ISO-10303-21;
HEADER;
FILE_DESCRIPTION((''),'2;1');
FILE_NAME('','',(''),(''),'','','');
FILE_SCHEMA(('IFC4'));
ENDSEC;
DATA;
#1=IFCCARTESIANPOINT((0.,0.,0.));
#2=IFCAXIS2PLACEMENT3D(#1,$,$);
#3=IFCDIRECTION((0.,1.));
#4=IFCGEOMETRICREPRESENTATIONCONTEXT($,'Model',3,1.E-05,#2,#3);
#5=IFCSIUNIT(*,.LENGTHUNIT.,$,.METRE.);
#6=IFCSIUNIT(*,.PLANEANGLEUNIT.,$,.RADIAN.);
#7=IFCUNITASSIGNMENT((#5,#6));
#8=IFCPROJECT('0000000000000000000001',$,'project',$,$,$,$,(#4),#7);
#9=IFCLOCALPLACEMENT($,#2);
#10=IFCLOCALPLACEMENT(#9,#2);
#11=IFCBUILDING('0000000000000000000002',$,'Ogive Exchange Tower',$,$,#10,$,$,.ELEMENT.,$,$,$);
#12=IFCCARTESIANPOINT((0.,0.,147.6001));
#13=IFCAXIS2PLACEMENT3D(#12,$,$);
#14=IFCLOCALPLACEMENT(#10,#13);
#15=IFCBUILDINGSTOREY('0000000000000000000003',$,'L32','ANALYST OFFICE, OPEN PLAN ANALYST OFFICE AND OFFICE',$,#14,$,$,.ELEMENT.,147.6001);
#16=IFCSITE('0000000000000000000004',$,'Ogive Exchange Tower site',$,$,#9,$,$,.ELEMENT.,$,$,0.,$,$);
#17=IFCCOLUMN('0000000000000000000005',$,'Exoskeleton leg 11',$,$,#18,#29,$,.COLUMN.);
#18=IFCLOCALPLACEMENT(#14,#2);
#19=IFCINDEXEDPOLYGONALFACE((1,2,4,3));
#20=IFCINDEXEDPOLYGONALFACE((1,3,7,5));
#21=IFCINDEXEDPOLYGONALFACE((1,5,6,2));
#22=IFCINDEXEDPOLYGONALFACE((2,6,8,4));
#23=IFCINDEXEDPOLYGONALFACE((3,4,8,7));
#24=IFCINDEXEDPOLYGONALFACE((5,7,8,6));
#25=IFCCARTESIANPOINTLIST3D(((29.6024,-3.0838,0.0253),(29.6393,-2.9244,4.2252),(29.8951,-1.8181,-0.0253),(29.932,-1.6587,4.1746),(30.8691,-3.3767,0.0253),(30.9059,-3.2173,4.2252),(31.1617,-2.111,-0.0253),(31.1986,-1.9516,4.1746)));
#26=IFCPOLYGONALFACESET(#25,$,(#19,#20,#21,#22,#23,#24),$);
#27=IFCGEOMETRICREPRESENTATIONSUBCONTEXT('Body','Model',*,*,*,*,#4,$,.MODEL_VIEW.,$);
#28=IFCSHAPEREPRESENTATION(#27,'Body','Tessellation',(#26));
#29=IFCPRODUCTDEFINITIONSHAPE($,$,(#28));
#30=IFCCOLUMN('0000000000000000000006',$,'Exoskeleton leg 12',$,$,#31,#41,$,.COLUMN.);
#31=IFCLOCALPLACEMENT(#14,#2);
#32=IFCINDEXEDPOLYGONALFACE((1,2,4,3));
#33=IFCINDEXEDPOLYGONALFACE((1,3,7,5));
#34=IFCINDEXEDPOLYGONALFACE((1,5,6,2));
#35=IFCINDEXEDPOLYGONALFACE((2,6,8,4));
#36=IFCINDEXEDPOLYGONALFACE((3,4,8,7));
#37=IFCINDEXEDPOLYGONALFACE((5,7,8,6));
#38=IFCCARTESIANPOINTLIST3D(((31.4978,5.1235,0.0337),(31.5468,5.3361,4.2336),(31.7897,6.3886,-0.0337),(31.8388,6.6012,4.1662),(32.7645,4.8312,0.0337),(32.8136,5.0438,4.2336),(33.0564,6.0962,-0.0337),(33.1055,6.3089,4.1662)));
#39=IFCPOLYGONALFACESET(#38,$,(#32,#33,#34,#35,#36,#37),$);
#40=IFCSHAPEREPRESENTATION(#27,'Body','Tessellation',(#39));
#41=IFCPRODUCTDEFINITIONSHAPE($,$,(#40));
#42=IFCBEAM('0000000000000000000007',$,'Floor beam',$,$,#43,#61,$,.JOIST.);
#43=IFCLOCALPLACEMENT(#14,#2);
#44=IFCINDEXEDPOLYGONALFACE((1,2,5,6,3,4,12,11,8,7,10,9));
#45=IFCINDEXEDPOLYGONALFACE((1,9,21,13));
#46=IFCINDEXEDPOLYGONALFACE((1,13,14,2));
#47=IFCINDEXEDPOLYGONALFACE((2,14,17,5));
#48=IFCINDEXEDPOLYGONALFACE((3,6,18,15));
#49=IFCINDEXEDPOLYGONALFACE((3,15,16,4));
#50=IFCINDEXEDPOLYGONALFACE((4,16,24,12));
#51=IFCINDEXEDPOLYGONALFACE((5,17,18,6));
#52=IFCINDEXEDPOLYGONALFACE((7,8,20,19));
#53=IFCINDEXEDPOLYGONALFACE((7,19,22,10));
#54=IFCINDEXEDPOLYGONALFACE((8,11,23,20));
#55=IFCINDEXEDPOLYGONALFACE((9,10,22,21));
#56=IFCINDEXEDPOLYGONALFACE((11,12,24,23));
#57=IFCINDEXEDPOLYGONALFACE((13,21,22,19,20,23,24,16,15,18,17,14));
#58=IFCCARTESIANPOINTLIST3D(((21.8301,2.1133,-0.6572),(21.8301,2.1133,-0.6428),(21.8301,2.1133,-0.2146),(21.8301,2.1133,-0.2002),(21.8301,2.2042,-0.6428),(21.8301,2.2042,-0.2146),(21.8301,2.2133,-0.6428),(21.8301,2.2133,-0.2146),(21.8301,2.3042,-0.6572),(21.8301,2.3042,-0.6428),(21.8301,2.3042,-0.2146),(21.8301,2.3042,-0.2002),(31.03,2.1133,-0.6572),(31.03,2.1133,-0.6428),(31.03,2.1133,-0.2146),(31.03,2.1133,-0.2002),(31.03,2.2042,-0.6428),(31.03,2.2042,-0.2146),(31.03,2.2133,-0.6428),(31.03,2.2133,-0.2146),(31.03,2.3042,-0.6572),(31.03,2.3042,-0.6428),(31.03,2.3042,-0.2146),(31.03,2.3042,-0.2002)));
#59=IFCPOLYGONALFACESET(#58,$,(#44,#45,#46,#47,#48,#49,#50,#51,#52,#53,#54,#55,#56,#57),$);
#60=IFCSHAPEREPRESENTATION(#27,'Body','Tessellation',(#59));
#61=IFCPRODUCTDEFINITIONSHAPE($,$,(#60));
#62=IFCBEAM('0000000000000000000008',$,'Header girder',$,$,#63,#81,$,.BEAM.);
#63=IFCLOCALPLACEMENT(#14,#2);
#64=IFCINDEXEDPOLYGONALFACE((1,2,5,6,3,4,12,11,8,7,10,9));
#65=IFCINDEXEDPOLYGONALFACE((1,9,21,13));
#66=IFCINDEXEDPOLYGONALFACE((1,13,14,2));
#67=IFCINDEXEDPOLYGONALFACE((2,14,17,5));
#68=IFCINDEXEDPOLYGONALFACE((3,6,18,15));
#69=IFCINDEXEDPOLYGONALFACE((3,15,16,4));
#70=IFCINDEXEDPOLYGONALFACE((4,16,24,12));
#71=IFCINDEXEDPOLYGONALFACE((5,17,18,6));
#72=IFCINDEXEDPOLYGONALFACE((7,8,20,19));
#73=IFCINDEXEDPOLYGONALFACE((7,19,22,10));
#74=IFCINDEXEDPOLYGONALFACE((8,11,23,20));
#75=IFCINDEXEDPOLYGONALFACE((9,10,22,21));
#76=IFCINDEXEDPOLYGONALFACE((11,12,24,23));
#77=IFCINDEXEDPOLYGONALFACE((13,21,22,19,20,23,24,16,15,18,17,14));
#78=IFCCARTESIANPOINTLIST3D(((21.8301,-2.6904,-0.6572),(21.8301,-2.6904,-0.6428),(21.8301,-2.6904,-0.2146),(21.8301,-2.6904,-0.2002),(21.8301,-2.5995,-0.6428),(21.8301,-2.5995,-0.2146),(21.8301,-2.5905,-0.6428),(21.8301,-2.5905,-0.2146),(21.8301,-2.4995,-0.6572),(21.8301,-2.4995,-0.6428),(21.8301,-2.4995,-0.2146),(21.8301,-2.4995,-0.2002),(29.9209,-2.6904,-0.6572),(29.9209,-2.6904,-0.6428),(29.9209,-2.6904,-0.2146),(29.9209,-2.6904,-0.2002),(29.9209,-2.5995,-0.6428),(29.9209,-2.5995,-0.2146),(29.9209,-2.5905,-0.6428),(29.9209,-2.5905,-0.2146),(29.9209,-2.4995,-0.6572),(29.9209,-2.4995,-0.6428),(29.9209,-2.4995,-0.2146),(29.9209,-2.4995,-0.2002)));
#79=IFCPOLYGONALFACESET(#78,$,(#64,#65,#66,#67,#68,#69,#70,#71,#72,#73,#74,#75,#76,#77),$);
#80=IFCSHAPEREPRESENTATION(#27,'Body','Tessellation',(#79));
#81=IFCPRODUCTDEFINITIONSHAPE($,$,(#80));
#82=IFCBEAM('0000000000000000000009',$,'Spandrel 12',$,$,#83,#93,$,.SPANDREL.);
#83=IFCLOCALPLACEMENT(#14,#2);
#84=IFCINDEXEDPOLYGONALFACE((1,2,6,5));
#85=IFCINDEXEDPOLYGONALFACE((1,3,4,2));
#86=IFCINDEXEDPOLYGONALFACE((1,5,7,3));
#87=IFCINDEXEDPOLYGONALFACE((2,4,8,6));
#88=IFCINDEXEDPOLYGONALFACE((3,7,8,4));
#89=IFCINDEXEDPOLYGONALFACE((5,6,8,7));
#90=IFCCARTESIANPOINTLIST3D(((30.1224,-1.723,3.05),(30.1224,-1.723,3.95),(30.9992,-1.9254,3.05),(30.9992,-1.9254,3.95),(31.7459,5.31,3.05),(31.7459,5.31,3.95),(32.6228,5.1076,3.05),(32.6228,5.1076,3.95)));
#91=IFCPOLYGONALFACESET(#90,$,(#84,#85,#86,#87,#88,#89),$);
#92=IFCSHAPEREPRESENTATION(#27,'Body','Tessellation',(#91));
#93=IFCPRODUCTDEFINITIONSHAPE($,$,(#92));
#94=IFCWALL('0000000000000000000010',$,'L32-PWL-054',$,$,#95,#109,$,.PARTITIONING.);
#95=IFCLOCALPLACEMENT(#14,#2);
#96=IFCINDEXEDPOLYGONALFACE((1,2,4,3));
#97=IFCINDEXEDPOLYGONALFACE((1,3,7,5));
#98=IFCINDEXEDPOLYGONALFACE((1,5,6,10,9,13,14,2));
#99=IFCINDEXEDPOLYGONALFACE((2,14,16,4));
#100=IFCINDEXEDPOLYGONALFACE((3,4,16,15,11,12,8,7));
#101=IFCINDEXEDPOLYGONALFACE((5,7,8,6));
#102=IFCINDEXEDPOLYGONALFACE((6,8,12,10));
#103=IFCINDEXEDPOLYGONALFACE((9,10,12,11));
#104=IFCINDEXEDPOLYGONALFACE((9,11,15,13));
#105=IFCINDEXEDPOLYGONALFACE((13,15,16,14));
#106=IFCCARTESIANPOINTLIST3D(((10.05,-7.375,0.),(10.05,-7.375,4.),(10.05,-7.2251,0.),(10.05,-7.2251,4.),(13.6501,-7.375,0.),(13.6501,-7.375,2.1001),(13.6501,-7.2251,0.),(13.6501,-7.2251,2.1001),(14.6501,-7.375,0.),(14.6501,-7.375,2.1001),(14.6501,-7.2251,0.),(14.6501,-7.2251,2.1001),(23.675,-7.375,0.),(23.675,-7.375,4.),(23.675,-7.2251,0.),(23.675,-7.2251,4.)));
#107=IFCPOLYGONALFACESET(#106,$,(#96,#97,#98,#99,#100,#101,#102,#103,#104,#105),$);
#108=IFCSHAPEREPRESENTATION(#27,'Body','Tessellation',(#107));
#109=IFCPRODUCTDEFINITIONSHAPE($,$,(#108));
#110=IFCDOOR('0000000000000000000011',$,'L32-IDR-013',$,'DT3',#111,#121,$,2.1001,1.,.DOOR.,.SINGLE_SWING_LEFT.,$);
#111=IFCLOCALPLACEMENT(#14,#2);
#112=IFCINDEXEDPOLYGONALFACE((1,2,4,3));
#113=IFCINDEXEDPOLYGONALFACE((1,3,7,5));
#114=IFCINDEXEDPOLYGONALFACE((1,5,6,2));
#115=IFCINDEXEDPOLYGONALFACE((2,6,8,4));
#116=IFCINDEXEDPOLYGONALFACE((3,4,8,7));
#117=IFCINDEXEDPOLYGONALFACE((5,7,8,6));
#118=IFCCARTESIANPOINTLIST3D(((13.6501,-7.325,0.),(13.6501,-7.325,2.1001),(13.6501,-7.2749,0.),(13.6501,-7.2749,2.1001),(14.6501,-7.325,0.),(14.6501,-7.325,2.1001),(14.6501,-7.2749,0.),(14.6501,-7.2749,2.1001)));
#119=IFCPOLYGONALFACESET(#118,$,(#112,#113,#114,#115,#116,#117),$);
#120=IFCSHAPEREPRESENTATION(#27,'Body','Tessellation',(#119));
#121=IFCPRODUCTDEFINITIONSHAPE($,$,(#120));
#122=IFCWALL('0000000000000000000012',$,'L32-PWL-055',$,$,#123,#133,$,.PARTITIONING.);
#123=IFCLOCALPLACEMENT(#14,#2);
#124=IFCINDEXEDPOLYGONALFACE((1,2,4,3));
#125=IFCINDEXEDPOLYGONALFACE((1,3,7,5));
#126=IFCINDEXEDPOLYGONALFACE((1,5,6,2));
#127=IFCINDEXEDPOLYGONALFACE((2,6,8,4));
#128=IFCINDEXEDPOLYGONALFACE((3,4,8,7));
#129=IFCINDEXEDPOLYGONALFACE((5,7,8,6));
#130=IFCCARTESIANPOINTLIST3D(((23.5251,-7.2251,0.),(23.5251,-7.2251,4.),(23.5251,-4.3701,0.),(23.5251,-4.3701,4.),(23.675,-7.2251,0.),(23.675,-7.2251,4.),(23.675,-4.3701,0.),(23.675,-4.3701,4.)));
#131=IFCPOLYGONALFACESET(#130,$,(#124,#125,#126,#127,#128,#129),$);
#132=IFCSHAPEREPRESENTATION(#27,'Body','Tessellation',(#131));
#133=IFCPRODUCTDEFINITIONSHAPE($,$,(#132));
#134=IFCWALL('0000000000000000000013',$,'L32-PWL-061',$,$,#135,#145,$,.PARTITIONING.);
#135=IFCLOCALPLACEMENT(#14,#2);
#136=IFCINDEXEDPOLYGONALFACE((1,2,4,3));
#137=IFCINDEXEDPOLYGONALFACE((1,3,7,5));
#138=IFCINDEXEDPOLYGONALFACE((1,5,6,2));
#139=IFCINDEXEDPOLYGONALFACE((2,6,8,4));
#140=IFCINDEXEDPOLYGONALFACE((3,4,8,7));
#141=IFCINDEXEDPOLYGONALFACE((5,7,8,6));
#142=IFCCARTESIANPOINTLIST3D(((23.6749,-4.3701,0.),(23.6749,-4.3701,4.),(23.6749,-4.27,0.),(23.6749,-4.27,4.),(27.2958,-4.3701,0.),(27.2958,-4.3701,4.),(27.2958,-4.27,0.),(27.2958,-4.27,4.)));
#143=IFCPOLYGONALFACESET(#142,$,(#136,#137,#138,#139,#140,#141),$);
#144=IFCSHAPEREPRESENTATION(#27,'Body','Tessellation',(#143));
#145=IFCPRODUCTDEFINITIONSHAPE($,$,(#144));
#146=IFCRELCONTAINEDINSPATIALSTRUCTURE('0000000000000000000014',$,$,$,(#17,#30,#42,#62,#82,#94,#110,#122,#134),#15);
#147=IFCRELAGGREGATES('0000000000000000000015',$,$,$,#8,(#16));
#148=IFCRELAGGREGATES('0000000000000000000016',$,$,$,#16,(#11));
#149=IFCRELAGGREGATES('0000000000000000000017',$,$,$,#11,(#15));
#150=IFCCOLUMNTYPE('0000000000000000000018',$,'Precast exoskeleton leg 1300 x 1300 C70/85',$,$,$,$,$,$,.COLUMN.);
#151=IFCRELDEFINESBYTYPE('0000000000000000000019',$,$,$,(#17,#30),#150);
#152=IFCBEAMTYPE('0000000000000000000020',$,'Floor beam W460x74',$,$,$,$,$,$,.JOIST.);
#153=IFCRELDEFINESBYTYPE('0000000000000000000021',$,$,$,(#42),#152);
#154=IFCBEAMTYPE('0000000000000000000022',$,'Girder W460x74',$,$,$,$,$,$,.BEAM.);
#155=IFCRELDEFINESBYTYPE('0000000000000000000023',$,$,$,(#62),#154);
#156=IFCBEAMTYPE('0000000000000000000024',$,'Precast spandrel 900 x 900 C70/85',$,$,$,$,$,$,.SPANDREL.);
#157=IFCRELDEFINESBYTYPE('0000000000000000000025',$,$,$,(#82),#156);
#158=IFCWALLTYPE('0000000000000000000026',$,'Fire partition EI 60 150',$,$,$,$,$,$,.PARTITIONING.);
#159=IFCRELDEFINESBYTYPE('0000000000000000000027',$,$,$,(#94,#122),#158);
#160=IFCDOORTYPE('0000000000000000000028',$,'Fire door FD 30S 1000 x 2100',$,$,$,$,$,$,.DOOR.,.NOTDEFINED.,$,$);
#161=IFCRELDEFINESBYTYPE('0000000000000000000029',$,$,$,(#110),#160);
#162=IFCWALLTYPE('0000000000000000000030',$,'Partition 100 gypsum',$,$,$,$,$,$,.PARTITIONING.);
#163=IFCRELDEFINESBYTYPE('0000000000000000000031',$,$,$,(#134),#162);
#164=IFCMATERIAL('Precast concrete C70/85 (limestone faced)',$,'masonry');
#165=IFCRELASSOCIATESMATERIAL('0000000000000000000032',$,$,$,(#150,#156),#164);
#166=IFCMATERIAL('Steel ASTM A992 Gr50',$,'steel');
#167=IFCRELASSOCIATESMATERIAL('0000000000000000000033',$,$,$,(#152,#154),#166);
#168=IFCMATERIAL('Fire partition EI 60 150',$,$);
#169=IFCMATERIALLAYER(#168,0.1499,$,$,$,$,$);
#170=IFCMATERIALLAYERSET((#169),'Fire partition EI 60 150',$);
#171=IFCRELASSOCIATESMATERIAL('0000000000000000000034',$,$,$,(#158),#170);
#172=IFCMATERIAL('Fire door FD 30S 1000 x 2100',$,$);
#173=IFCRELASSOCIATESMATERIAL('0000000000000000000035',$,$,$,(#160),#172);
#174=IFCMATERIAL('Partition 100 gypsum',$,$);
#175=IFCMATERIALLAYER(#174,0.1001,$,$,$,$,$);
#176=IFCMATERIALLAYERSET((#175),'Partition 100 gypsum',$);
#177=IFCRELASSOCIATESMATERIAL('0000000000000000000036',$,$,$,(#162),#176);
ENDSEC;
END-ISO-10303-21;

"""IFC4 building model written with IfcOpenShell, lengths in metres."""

from ifc_helpers import new_model, si_unit, direction, frame, frame_2d, origin, origin_2d, place, context, subcontext, project, spatial, rectangle, i_section, extrude, material, layer, layer_set, material_profile, profile_set, type_object, element, fill, save


model = new_model("IFC4")

# Units and contexts
model_context = context("Model", 3, precision=1e-05, world=origin(), true_north=direction((0.0, 1.0)))
body_context = subcontext(model_context, "Body", "Model", "MODEL_VIEW")
ifc_project = project(units=[si_unit("LENGTHUNIT", "METRE"), si_unit("PLANEANGLEUNIT", "RADIAN")], contexts=[model_context])

# Site, building, storey
site_placement = place(None, origin())
site = spatial("IfcSite", under=ifc_project, at=site_placement, Name="Ogive Exchange Tower site", CompositionType="ELEMENT", RefElevation=0.0)
building_placement = place(site_placement, origin())
building = spatial("IfcBuilding", under=site, at=building_placement, Name="Ogive Exchange Tower", CompositionType="ELEMENT")
storey_placement = place(building_placement, frame((0.0, 0.0, 147.6001)))
storey = spatial("IfcBuildingStorey", under=building, at=storey_placement, Name="L32", Description="ANALYST OFFICE, OPEN PLAN ANALYST OFFICE AND OFFICE", CompositionType="ELEMENT", Elevation=147.6001)

# Columns
ifc_material_1 = material(Name="Precast concrete C70/85 (limestone faced)", Category="masonry")
ifc_material_profile_1 = material_profile(ifc_material_1, rectangle(XDim=1.3, YDim=1.3, at=origin_2d()), Name="1300 x 1300")
ifc_profile_set_1 = profile_set([ifc_material_profile_1], Name="Precast concrete C70/85 (limestone faced)")
column_type = type_object("IfcColumnType", Name="Precast exoskeleton leg 1300 x 1300 C70/85", PredefinedType="COLUMN", material=ifc_profile_set_1)
column_1_placement = place(storey_placement, frame((30.3821, -2.5974, 0.0), z_axis=(0.008771, 0.03793, 0.999242), x_axis=(-0.974291, 0.225295, 0.0)))
element("IfcColumn", 1, at=column_1_placement, inside=storey, type_object=column_type, Name="Exoskeleton leg 11", PredefinedType="COLUMN", context=body_context, shape_type="SweptSolid", body=[
    extrude(rectangle(XDim=1.3, YDim=1.3, at=origin_2d()), origin(), (0.0, 0.0, 1.0), 4.2031),
])
column_2_placement = place(storey_placement, frame((32.2771, 5.6099, 0.0), z_axis=(0.011668, 0.050562, 0.998653), x_axis=(-0.974391, 0.22486, 0.0)))
element("IfcColumn", 2, at=column_2_placement, inside=storey, type_object=column_type, Name="Exoskeleton leg 12", PredefinedType="COLUMN", context=body_context, shape_type="SweptSolid", body=[
    extrude(rectangle(XDim=1.3, YDim=1.3, at=origin_2d()), origin(), (0.0, 0.0, 1.0), 4.2056),
])

# Beams
ifc_material_2 = material(Name="Steel ASTM A992 Gr50", Category="steel")
ifc_material_profile_2 = material_profile(ifc_material_2, i_section(OverallWidth=0.1909, OverallDepth=0.457, WebThickness=0.009, FlangeThickness=0.0144, at=origin_2d()), Name="W460x74")
ifc_profile_set_2 = profile_set([ifc_material_profile_2], Name="Steel ASTM A992 Gr50")
beam_type_1 = type_object("IfcBeamType", Name="Floor beam W460x74", PredefinedType="JOIST", material=ifc_profile_set_2)
beam_1_placement = place(storey_placement, frame((21.8301, 2.2087, -0.4287), z_axis=(1.0, 0.0, 0.0), x_axis=(0.0, 1.0, 0.0)))
element("IfcBeam", 3, at=beam_1_placement, inside=storey, type_object=beam_type_1, Name="Floor beam", PredefinedType="JOIST", context=body_context, shape_type="SweptSolid", body=[
    extrude(i_section(OverallWidth=0.1909, OverallDepth=0.457, WebThickness=0.009, FlangeThickness=0.0144, at=origin_2d()), origin(), (0.0, 0.0, 1.0), 9.2),
])
ifc_material_profile_3 = material_profile(ifc_material_2, i_section(OverallWidth=0.1909, OverallDepth=0.457, WebThickness=0.009, FlangeThickness=0.0144, at=origin_2d()), Name="W460x74")
ifc_profile_set_3 = profile_set([ifc_material_profile_3], Name="Steel ASTM A992 Gr50")
beam_type_2 = type_object("IfcBeamType", Name="Girder W460x74", PredefinedType="BEAM", material=ifc_profile_set_3)
beam_2_placement = place(storey_placement, frame((21.8301, -2.595, -0.4287), z_axis=(1.0, 0.0, 0.0), x_axis=(0.0, 1.0, 0.0)))
element("IfcBeam", 4, at=beam_2_placement, inside=storey, type_object=beam_type_2, Name="Header girder", PredefinedType="BEAM", context=body_context, shape_type="SweptSolid", body=[
    extrude(i_section(OverallWidth=0.1909, OverallDepth=0.457, WebThickness=0.009, FlangeThickness=0.0144, at=origin_2d()), origin(), (0.0, 0.0, 1.0), 8.0908),
])
ifc_material_profile_4 = material_profile(ifc_material_1, rectangle(XDim=0.8999, YDim=0.8999, at=origin_2d()), Name="900 x 900")
ifc_profile_set_4 = profile_set([ifc_material_profile_4], Name="Precast concrete C70/85 (limestone faced)")
beam_type_3 = type_object("IfcBeamType", Name="Precast spandrel 900 x 900 C70/85", PredefinedType="SPANDREL", material=ifc_profile_set_4)
beam_3_placement = place(storey_placement, frame((30.5608, -1.8242, 3.5), z_axis=(0.224931, 0.974375, 0.0), x_axis=(-0.974375, 0.224931, 0.0)))
element("IfcBeam", 5, at=beam_3_placement, inside=storey, type_object=beam_type_3, Name="Spandrel 12", PredefinedType="SPANDREL", context=body_context, shape_type="SweptSolid", body=[
    extrude(rectangle(XDim=0.8999, YDim=0.8999, at=origin_2d()), origin(), (0.0, 0.0, 1.0), 7.218),
])

# Wall, opening, door
ifc_material_3 = material(Name="Fire partition EI 60 150")
ifc_layer_1 = layer(ifc_material_3, 0.1499)
ifc_layer_set_1 = layer_set([ifc_layer_1], Name="Fire partition EI 60 150")
wall_type_1 = type_object("IfcWallType", Name="Fire partition EI 60 150", PredefinedType="PARTITIONING", material=ifc_layer_set_1)
wall_1_placement = place(storey_placement, frame((23.675, -7.3, 0.0), z_axis=(0.0, 0.0, 1.0), x_axis=(-1.0, 0.0, 0.0)))
wall_1 = element("IfcWall", 6, at=wall_1_placement, inside=storey, type_object=wall_type_1, Name="L32-PWL-054", PredefinedType="PARTITIONING", context=body_context, shape_type="SweptSolid", body=[
    extrude(rectangle(XDim=13.625, YDim=0.1499, at=frame_2d((6.8125, 0.0))), origin(), (0.0, 0.0, 1.0), 4.0),
])
opening_1_placement = place(wall_1_placement, frame((9.0249, 0.0, 0.0)))
opening_1 = element("IfcOpeningElement", 7, at=opening_1_placement, cuts=wall_1, PredefinedType="OPENING", context=body_context, shape_type="SweptSolid", body=[
    extrude(rectangle(XDim=1.0, YDim=2.1001, at=frame_2d((0.5, 1.05))), frame((0.0, 0.085, 0.0), z_axis=(0.0, -1.0, 0.0), x_axis=(1.0, 0.0, 0.0)), (0.0, 0.0, 1.0), 0.1699),
])
ifc_material_4 = material(Name="Fire door FD 30S 1000 x 2100")
door_type_1 = type_object("IfcDoorType", Name="Fire door FD 30S 1000 x 2100", OperationType="NOTDEFINED", PredefinedType="DOOR", material=ifc_material_4)
door_1_placement = place(opening_1_placement, origin())
door_1 = element("IfcDoor", 8, at=door_1_placement, inside=storey, type_object=door_type_1, Name="L32-IDR-013", ObjectType="DT3", OperationType="SINGLE_SWING_LEFT", OverallHeight=2.1001, OverallWidth=1.0, PredefinedType="DOOR", context=body_context, shape_type="SweptSolid", body=[
    extrude(rectangle(XDim=1.0, YDim=2.1001, at=frame_2d((0.5, 1.05))), frame((0.0, 0.0249, 0.0), z_axis=(0.0, -1.0, 0.0), x_axis=(1.0, 0.0, 0.0)), (0.0, 0.0, 1.0), 0.05),
])
fill(opening_1, door_1)

# Walls
wall_2_placement = place(storey_placement, frame((23.6001, -4.3701, 0.0), z_axis=(0.0, 0.0, 1.0), x_axis=(0.0, -1.0, 0.0)))
element("IfcWall", 9, at=wall_2_placement, inside=storey, type_object=wall_type_1, Name="L32-PWL-055", PredefinedType="PARTITIONING", context=body_context, shape_type="SweptSolid", body=[
    extrude(rectangle(XDim=2.855, YDim=0.1499, at=frame_2d((1.4275, 0.0))), origin(), (0.0, 0.0, 1.0), 4.0),
])
ifc_material_5 = material(Name="Partition 100 gypsum")
ifc_layer_2 = layer(ifc_material_5, 0.1001)
ifc_layer_set_2 = layer_set([ifc_layer_2], Name="Partition 100 gypsum")
wall_type_2 = type_object("IfcWallType", Name="Partition 100 gypsum", PredefinedType="PARTITIONING", material=ifc_layer_set_2)
wall_3_placement = place(storey_placement, frame((27.2959, -4.3201, 0.0), z_axis=(0.0, 0.0, 1.0), x_axis=(-1.0, 0.0, 0.0)))
element("IfcWall", 10, at=wall_3_placement, inside=storey, type_object=wall_type_2, Name="L32-PWL-061", PredefinedType="PARTITIONING", context=body_context, shape_type="SweptSolid", body=[
    extrude(rectangle(XDim=3.6208, YDim=0.1001, at=frame_2d((1.8105, 0.0))), origin(), (0.0, 0.0, 1.0), 4.0),
])

save(model, "model.ifc")
